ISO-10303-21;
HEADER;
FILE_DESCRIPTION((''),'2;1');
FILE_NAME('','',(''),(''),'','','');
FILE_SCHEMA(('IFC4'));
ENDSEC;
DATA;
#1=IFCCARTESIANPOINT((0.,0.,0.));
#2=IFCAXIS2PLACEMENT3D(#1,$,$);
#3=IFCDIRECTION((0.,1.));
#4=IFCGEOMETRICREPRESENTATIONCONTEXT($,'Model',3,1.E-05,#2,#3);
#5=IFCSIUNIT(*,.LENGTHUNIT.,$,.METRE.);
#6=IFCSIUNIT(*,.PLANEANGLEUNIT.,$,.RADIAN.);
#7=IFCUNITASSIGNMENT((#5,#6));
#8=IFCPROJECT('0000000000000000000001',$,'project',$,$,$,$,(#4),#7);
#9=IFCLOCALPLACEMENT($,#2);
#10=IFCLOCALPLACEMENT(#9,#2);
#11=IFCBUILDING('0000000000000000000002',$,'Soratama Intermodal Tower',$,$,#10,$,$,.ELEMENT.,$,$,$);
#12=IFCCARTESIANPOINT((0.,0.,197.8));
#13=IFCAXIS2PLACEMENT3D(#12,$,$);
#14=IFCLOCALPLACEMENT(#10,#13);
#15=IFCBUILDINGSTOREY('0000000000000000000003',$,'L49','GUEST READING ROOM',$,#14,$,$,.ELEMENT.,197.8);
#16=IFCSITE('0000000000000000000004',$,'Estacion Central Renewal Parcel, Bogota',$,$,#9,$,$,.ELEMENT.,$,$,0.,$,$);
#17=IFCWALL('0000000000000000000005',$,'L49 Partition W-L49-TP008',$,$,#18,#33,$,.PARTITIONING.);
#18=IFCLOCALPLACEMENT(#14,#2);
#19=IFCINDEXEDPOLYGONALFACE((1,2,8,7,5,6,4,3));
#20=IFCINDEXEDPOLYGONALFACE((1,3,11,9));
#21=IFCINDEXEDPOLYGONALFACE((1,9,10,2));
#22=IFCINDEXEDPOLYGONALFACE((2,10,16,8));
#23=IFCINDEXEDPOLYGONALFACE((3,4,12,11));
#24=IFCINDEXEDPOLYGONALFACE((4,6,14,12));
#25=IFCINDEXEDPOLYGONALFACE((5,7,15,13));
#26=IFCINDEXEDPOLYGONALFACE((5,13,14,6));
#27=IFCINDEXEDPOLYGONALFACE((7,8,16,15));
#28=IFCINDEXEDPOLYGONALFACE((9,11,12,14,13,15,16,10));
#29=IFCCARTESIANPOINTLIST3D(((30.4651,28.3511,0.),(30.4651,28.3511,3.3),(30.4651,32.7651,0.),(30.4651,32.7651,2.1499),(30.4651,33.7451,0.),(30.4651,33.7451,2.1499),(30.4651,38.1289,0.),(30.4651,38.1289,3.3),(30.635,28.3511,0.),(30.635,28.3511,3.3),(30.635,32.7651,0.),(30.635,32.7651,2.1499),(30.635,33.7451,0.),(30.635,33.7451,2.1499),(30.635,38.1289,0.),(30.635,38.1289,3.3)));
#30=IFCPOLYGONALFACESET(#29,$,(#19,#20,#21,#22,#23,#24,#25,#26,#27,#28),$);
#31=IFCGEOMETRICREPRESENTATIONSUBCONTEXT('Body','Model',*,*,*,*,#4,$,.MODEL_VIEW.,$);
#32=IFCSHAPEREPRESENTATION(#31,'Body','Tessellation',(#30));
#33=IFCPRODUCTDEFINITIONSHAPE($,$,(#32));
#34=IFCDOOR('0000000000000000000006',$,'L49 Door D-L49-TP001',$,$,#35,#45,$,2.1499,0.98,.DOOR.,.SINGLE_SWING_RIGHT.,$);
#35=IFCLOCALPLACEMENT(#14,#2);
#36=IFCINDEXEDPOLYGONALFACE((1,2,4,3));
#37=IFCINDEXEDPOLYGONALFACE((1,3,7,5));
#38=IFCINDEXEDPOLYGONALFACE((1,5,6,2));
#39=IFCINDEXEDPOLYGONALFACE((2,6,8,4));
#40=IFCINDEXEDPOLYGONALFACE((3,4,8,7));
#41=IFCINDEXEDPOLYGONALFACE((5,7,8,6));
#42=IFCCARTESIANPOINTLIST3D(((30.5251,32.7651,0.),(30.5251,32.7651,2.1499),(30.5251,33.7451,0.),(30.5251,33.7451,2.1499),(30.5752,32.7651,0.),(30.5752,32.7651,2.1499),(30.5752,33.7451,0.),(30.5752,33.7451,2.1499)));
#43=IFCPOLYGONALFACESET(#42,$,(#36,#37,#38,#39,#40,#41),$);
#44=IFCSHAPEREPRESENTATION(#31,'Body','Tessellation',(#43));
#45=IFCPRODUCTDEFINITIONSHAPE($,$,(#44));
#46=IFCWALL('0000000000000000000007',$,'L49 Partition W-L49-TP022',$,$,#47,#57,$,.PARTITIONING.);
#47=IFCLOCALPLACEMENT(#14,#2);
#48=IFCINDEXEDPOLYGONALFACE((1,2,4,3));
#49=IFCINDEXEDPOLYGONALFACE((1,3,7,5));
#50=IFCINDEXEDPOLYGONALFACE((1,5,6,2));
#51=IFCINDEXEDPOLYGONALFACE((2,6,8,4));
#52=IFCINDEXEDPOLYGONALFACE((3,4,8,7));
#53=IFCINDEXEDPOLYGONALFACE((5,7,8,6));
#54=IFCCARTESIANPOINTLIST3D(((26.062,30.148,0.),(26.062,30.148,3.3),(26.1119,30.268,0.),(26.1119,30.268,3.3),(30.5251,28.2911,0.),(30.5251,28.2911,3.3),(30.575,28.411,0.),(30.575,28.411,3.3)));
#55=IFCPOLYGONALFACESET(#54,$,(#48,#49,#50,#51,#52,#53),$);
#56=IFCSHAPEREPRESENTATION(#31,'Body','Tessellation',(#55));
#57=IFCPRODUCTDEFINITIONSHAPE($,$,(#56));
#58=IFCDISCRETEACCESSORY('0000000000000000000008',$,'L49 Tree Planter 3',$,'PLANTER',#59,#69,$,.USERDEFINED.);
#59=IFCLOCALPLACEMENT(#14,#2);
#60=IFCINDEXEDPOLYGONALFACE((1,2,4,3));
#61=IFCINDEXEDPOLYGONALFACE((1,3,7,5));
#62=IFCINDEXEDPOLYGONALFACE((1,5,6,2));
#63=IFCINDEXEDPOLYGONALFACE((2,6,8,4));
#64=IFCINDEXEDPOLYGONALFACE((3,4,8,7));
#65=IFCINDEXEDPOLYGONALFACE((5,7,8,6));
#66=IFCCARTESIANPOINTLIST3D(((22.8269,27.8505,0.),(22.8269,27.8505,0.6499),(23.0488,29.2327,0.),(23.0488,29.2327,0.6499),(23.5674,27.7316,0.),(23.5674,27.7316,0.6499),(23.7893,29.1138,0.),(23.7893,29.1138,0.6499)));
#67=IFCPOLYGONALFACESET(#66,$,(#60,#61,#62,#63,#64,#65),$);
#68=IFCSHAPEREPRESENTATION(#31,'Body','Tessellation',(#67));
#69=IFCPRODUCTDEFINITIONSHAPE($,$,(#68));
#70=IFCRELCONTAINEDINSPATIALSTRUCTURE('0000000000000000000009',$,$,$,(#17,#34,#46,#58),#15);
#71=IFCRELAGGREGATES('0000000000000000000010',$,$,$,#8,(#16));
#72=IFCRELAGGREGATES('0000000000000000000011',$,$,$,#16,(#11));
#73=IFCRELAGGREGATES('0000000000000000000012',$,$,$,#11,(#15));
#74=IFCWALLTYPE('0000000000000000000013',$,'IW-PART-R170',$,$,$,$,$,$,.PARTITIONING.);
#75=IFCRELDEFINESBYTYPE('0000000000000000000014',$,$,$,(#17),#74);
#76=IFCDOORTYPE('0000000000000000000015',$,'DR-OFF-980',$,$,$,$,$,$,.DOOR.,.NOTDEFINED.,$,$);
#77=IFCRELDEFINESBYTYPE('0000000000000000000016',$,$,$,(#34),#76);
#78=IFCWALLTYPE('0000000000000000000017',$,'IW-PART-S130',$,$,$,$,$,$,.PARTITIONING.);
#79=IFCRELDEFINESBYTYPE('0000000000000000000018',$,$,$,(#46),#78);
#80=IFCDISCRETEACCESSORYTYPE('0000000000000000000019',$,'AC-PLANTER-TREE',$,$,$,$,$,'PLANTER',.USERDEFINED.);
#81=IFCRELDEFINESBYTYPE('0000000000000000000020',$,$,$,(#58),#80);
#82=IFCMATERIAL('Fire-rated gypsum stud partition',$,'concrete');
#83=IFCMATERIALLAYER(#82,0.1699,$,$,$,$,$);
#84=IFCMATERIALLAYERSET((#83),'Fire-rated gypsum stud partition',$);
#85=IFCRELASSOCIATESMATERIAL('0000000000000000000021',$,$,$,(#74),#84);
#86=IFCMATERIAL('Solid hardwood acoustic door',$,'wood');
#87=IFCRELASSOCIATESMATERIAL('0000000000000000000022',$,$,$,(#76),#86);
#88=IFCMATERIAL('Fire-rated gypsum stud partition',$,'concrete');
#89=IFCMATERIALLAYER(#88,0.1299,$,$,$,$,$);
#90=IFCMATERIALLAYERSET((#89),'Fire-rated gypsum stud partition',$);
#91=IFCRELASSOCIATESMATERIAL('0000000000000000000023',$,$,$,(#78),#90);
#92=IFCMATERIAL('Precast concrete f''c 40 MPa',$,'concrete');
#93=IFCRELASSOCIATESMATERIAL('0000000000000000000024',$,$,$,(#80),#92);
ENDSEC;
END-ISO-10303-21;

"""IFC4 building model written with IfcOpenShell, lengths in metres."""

from ifc_helpers import new_model, si_unit, direction, frame, frame_2d, origin, origin_2d, place, context, subcontext, project, spatial, rectangle, extrude, material, layer, layer_set, type_object, element, fill, save


model = new_model("IFC4")

# Units and contexts
model_context = context("Model", 3, precision=1e-05, world=origin(), true_north=direction((0.0, 1.0)))
body_context = subcontext(model_context, "Body", "Model", "MODEL_VIEW")
ifc_project = project(units=[si_unit("LENGTHUNIT", "METRE"), si_unit("PLANEANGLEUNIT", "RADIAN")], contexts=[model_context])

# Site, building, storey
site_placement = place(None, origin())
site = spatial("IfcSite", under=ifc_project, at=site_placement, Name="Estacion Central Renewal Parcel, Bogota", CompositionType="ELEMENT", RefElevation=0.0)
building_placement = place(site_placement, origin())
building = spatial("IfcBuilding", under=site, at=building_placement, Name="Soratama Intermodal Tower", CompositionType="ELEMENT")
storey_placement = place(building_placement, frame((0.0, 0.0, 197.8)))
storey = spatial("IfcBuildingStorey", under=building, at=storey_placement, Name="L49", Description="GUEST READING ROOM", CompositionType="ELEMENT", Elevation=197.8)

# Wall, opening, door
ifc_material_1 = material(Name="Fire-rated gypsum stud partition", Category="concrete")
ifc_layer_1 = layer(ifc_material_1, 0.1699)
ifc_layer_set_1 = layer_set([ifc_layer_1], Name="Fire-rated gypsum stud partition")
wall_type_1 = type_object("IfcWallType", Name="IW-PART-R170", PredefinedType="PARTITIONING", material=ifc_layer_set_1)
wall_1_placement = place(storey_placement, frame((30.55, 28.3511, 0.0), z_axis=(0.0, 0.0, 1.0), x_axis=(0.0, 1.0, 0.0)))
wall_1 = element("IfcWall", 1, at=wall_1_placement, inside=storey, type_object=wall_type_1, Name="L49 Partition W-L49-TP008", PredefinedType="PARTITIONING", context=body_context, shape_type="SweptSolid", body=[
    extrude(rectangle(XDim=9.7778, YDim=0.1699, at=frame_2d((4.8889, 0.0))), origin(), (0.0, 0.0, 1.0), 3.3),
])
opening_1_placement = place(wall_1_placement, frame((4.4141, 0.0, 0.0)))
opening_1 = element("IfcOpeningElement", 2, at=opening_1_placement, cuts=wall_1, PredefinedType="OPENING", context=body_context, shape_type="SweptSolid", body=[
    extrude(rectangle(XDim=0.98, YDim=2.1499, at=frame_2d((0.49, 1.075))), frame((0.0, 0.095, 0.0), z_axis=(0.0, -1.0, 0.0), x_axis=(1.0, 0.0, 0.0)), (0.0, 0.0, 1.0), 0.1899),
])
ifc_material_2 = material(Name="Solid hardwood acoustic door", Category="wood")
door_type_1 = type_object("IfcDoorType", Name="DR-OFF-980", OperationType="NOTDEFINED", PredefinedType="DOOR", material=ifc_material_2)
door_1_placement = place(opening_1_placement, origin())
door_1 = element("IfcDoor", 3, at=door_1_placement, inside=storey, type_object=door_type_1, Name="L49 Door D-L49-TP001", OperationType="SINGLE_SWING_RIGHT", OverallHeight=2.1499, OverallWidth=0.98, PredefinedType="DOOR", context=body_context, shape_type="SweptSolid", body=[
    extrude(rectangle(XDim=0.98, YDim=2.1499, at=frame_2d((0.49, 1.075))), frame((0.0, 0.0249, 0.0), z_axis=(0.0, -1.0, 0.0), x_axis=(1.0, 0.0, 0.0)), (0.0, 0.0, 1.0), 0.05),
])
fill(opening_1, door_1)

# Wall
ifc_material_3 = material(Name="Fire-rated gypsum stud partition", Category="concrete")
ifc_layer_2 = layer(ifc_material_3, 0.1299)
ifc_layer_set_2 = layer_set([ifc_layer_2], Name="Fire-rated gypsum stud partition")
wall_type_2 = type_object("IfcWallType", Name="IW-PART-S130", PredefinedType="PARTITIONING", material=ifc_layer_set_2)
wall_2_placement = place(storey_placement, frame((30.55, 28.3511, 0.0), z_axis=(0.0, 0.0, 1.0), x_axis=(-0.923276, 0.384138, 0.0)))
element("IfcWall", 4, at=wall_2_placement, inside=storey, type_object=wall_type_2, Name="L49 Partition W-L49-TP022", PredefinedType="PARTITIONING", context=body_context, shape_type="SweptSolid", body=[
    extrude(rectangle(XDim=4.834, YDim=0.1299, at=frame_2d((2.417, 0.0))), origin(), (0.0, 0.0, 1.0), 3.3),
])

# Discrete accessory
ifc_material_4 = material(Name="Precast concrete f'c 40 MPa", Category="concrete")
discrete_accessory_type = type_object("IfcDiscreteAccessoryType", Name="AC-PLANTER-TREE", ElementType="PLANTER", PredefinedType="USERDEFINED", material=ifc_material_4)
discrete_accessory_placement = place(storey_placement, frame((23.3081, 28.4822, 0.0), z_axis=(0.0, 0.0, 1.0), x_axis=(-0.987359, 0.158503, 0.0)))
element("IfcDiscreteAccessory", 5, at=discrete_accessory_placement, inside=storey, type_object=discrete_accessory_type, Name="L49 Tree Planter 3", ObjectType="PLANTER", PredefinedType="USERDEFINED", context=body_context, shape_type="SweptSolid", body=[
    extrude(rectangle(XDim=0.75, YDim=1.3999, at=origin_2d()), origin(), (0.0, 0.0, 1.0), 0.6499),
])

save(model, "model.ifc")
